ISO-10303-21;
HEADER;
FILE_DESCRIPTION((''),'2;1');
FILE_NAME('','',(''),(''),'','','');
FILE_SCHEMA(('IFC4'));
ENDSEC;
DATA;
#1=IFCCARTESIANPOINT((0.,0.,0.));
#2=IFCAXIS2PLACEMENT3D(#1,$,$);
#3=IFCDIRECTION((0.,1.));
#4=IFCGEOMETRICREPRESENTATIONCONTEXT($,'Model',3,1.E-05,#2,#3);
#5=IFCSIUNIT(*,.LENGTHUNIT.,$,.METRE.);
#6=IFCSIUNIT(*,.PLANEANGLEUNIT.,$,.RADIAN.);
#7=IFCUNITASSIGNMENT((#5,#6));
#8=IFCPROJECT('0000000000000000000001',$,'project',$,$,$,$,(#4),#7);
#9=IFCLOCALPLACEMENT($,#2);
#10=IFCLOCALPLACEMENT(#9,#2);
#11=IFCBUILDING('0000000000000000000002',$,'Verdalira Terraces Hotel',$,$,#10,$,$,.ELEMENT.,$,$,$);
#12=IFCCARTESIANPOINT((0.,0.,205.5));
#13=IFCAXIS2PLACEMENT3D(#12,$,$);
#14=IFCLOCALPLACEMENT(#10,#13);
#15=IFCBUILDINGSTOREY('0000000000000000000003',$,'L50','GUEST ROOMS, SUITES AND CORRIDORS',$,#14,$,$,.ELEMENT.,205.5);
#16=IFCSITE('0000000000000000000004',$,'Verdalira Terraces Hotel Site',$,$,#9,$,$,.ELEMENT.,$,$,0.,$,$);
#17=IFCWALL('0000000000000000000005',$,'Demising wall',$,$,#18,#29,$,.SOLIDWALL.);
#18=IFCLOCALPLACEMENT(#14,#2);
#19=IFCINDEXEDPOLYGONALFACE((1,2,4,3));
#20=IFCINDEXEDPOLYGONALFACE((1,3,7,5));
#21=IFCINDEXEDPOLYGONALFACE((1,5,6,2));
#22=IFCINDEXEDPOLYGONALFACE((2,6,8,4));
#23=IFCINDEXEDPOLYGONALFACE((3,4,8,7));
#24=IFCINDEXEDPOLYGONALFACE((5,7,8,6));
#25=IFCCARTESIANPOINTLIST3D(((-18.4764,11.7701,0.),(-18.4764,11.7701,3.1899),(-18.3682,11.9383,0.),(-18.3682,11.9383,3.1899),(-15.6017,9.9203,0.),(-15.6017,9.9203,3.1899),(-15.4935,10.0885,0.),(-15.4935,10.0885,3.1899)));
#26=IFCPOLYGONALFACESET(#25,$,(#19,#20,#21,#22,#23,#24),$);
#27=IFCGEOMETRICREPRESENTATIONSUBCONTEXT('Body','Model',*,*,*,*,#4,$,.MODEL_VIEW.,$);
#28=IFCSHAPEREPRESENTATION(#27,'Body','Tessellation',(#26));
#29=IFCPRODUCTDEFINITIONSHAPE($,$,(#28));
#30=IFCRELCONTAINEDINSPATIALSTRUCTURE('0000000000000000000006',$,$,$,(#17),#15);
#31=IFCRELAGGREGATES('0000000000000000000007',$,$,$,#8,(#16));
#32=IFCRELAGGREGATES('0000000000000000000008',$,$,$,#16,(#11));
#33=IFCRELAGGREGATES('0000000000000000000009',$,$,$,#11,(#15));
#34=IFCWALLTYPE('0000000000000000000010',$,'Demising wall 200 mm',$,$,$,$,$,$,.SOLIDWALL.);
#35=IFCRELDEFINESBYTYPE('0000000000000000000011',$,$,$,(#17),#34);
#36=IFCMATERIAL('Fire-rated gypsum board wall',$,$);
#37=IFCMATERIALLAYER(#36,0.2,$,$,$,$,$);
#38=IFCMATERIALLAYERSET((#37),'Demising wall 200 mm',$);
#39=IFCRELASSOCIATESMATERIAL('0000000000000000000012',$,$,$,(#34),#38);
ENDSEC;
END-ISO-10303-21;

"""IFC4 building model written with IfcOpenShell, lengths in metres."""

from ifc_helpers import new_model, si_unit, direction, frame, frame_2d, origin, place, context, subcontext, project, spatial, rectangle, extrude, material, layer, layer_set, type_object, element, save


model = new_model("IFC4")

# Units and contexts
model_context = context("Model", 3, precision=1e-05, world=origin(), true_north=direction((0.0, 1.0)))
body_context = subcontext(model_context, "Body", "Model", "MODEL_VIEW")
ifc_project = project(units=[si_unit("LENGTHUNIT", "METRE"), si_unit("PLANEANGLEUNIT", "RADIAN")], contexts=[model_context])

# Site, building, storey
site_placement = place(None, origin())
site = spatial("IfcSite", under=ifc_project, at=site_placement, Name="Verdalira Terraces Hotel Site", CompositionType="ELEMENT", RefElevation=0.0)
building_placement = place(site_placement, origin())
building = spatial("IfcBuilding", under=site, at=building_placement, Name="Verdalira Terraces Hotel", CompositionType="ELEMENT")
storey_placement = place(building_placement, frame((0.0, 0.0, 205.5)))
storey = spatial("IfcBuildingStorey", under=building, at=storey_placement, Name="L50", Description="GUEST ROOMS, SUITES AND CORRIDORS", CompositionType="ELEMENT", Elevation=205.5)

# Wall
ifc_material_1 = material(Name="Fire-rated gypsum board wall")
ifc_layer_1 = layer(ifc_material_1, 0.2)
ifc_layer_set_1 = layer_set([ifc_layer_1], Name="Demising wall 200 mm")
wall_type_1 = type_object("IfcWallType", Name="Demising wall 200 mm", PredefinedType="SOLIDWALL", material=ifc_layer_set_1)
wall_1_placement = place(storey_placement, frame((-15.5476, 10.0044, 0.0), z_axis=(0.0, 0.0, 1.0), x_axis=(-0.840939, 0.541129, 0.0)))
element("IfcWall", 1, at=wall_1_placement, inside=storey, type_object=wall_type_1, Name="Demising wall", PredefinedType="SOLIDWALL", context=body_context, shape_type="SweptSolid", body=[
    extrude(rectangle(XDim=3.4185, YDim=0.2, at=frame_2d((1.7092, 0.0))), origin(), (0.0, 0.0, 1.0), 3.1899),
])

save(model, "model.ifc")
